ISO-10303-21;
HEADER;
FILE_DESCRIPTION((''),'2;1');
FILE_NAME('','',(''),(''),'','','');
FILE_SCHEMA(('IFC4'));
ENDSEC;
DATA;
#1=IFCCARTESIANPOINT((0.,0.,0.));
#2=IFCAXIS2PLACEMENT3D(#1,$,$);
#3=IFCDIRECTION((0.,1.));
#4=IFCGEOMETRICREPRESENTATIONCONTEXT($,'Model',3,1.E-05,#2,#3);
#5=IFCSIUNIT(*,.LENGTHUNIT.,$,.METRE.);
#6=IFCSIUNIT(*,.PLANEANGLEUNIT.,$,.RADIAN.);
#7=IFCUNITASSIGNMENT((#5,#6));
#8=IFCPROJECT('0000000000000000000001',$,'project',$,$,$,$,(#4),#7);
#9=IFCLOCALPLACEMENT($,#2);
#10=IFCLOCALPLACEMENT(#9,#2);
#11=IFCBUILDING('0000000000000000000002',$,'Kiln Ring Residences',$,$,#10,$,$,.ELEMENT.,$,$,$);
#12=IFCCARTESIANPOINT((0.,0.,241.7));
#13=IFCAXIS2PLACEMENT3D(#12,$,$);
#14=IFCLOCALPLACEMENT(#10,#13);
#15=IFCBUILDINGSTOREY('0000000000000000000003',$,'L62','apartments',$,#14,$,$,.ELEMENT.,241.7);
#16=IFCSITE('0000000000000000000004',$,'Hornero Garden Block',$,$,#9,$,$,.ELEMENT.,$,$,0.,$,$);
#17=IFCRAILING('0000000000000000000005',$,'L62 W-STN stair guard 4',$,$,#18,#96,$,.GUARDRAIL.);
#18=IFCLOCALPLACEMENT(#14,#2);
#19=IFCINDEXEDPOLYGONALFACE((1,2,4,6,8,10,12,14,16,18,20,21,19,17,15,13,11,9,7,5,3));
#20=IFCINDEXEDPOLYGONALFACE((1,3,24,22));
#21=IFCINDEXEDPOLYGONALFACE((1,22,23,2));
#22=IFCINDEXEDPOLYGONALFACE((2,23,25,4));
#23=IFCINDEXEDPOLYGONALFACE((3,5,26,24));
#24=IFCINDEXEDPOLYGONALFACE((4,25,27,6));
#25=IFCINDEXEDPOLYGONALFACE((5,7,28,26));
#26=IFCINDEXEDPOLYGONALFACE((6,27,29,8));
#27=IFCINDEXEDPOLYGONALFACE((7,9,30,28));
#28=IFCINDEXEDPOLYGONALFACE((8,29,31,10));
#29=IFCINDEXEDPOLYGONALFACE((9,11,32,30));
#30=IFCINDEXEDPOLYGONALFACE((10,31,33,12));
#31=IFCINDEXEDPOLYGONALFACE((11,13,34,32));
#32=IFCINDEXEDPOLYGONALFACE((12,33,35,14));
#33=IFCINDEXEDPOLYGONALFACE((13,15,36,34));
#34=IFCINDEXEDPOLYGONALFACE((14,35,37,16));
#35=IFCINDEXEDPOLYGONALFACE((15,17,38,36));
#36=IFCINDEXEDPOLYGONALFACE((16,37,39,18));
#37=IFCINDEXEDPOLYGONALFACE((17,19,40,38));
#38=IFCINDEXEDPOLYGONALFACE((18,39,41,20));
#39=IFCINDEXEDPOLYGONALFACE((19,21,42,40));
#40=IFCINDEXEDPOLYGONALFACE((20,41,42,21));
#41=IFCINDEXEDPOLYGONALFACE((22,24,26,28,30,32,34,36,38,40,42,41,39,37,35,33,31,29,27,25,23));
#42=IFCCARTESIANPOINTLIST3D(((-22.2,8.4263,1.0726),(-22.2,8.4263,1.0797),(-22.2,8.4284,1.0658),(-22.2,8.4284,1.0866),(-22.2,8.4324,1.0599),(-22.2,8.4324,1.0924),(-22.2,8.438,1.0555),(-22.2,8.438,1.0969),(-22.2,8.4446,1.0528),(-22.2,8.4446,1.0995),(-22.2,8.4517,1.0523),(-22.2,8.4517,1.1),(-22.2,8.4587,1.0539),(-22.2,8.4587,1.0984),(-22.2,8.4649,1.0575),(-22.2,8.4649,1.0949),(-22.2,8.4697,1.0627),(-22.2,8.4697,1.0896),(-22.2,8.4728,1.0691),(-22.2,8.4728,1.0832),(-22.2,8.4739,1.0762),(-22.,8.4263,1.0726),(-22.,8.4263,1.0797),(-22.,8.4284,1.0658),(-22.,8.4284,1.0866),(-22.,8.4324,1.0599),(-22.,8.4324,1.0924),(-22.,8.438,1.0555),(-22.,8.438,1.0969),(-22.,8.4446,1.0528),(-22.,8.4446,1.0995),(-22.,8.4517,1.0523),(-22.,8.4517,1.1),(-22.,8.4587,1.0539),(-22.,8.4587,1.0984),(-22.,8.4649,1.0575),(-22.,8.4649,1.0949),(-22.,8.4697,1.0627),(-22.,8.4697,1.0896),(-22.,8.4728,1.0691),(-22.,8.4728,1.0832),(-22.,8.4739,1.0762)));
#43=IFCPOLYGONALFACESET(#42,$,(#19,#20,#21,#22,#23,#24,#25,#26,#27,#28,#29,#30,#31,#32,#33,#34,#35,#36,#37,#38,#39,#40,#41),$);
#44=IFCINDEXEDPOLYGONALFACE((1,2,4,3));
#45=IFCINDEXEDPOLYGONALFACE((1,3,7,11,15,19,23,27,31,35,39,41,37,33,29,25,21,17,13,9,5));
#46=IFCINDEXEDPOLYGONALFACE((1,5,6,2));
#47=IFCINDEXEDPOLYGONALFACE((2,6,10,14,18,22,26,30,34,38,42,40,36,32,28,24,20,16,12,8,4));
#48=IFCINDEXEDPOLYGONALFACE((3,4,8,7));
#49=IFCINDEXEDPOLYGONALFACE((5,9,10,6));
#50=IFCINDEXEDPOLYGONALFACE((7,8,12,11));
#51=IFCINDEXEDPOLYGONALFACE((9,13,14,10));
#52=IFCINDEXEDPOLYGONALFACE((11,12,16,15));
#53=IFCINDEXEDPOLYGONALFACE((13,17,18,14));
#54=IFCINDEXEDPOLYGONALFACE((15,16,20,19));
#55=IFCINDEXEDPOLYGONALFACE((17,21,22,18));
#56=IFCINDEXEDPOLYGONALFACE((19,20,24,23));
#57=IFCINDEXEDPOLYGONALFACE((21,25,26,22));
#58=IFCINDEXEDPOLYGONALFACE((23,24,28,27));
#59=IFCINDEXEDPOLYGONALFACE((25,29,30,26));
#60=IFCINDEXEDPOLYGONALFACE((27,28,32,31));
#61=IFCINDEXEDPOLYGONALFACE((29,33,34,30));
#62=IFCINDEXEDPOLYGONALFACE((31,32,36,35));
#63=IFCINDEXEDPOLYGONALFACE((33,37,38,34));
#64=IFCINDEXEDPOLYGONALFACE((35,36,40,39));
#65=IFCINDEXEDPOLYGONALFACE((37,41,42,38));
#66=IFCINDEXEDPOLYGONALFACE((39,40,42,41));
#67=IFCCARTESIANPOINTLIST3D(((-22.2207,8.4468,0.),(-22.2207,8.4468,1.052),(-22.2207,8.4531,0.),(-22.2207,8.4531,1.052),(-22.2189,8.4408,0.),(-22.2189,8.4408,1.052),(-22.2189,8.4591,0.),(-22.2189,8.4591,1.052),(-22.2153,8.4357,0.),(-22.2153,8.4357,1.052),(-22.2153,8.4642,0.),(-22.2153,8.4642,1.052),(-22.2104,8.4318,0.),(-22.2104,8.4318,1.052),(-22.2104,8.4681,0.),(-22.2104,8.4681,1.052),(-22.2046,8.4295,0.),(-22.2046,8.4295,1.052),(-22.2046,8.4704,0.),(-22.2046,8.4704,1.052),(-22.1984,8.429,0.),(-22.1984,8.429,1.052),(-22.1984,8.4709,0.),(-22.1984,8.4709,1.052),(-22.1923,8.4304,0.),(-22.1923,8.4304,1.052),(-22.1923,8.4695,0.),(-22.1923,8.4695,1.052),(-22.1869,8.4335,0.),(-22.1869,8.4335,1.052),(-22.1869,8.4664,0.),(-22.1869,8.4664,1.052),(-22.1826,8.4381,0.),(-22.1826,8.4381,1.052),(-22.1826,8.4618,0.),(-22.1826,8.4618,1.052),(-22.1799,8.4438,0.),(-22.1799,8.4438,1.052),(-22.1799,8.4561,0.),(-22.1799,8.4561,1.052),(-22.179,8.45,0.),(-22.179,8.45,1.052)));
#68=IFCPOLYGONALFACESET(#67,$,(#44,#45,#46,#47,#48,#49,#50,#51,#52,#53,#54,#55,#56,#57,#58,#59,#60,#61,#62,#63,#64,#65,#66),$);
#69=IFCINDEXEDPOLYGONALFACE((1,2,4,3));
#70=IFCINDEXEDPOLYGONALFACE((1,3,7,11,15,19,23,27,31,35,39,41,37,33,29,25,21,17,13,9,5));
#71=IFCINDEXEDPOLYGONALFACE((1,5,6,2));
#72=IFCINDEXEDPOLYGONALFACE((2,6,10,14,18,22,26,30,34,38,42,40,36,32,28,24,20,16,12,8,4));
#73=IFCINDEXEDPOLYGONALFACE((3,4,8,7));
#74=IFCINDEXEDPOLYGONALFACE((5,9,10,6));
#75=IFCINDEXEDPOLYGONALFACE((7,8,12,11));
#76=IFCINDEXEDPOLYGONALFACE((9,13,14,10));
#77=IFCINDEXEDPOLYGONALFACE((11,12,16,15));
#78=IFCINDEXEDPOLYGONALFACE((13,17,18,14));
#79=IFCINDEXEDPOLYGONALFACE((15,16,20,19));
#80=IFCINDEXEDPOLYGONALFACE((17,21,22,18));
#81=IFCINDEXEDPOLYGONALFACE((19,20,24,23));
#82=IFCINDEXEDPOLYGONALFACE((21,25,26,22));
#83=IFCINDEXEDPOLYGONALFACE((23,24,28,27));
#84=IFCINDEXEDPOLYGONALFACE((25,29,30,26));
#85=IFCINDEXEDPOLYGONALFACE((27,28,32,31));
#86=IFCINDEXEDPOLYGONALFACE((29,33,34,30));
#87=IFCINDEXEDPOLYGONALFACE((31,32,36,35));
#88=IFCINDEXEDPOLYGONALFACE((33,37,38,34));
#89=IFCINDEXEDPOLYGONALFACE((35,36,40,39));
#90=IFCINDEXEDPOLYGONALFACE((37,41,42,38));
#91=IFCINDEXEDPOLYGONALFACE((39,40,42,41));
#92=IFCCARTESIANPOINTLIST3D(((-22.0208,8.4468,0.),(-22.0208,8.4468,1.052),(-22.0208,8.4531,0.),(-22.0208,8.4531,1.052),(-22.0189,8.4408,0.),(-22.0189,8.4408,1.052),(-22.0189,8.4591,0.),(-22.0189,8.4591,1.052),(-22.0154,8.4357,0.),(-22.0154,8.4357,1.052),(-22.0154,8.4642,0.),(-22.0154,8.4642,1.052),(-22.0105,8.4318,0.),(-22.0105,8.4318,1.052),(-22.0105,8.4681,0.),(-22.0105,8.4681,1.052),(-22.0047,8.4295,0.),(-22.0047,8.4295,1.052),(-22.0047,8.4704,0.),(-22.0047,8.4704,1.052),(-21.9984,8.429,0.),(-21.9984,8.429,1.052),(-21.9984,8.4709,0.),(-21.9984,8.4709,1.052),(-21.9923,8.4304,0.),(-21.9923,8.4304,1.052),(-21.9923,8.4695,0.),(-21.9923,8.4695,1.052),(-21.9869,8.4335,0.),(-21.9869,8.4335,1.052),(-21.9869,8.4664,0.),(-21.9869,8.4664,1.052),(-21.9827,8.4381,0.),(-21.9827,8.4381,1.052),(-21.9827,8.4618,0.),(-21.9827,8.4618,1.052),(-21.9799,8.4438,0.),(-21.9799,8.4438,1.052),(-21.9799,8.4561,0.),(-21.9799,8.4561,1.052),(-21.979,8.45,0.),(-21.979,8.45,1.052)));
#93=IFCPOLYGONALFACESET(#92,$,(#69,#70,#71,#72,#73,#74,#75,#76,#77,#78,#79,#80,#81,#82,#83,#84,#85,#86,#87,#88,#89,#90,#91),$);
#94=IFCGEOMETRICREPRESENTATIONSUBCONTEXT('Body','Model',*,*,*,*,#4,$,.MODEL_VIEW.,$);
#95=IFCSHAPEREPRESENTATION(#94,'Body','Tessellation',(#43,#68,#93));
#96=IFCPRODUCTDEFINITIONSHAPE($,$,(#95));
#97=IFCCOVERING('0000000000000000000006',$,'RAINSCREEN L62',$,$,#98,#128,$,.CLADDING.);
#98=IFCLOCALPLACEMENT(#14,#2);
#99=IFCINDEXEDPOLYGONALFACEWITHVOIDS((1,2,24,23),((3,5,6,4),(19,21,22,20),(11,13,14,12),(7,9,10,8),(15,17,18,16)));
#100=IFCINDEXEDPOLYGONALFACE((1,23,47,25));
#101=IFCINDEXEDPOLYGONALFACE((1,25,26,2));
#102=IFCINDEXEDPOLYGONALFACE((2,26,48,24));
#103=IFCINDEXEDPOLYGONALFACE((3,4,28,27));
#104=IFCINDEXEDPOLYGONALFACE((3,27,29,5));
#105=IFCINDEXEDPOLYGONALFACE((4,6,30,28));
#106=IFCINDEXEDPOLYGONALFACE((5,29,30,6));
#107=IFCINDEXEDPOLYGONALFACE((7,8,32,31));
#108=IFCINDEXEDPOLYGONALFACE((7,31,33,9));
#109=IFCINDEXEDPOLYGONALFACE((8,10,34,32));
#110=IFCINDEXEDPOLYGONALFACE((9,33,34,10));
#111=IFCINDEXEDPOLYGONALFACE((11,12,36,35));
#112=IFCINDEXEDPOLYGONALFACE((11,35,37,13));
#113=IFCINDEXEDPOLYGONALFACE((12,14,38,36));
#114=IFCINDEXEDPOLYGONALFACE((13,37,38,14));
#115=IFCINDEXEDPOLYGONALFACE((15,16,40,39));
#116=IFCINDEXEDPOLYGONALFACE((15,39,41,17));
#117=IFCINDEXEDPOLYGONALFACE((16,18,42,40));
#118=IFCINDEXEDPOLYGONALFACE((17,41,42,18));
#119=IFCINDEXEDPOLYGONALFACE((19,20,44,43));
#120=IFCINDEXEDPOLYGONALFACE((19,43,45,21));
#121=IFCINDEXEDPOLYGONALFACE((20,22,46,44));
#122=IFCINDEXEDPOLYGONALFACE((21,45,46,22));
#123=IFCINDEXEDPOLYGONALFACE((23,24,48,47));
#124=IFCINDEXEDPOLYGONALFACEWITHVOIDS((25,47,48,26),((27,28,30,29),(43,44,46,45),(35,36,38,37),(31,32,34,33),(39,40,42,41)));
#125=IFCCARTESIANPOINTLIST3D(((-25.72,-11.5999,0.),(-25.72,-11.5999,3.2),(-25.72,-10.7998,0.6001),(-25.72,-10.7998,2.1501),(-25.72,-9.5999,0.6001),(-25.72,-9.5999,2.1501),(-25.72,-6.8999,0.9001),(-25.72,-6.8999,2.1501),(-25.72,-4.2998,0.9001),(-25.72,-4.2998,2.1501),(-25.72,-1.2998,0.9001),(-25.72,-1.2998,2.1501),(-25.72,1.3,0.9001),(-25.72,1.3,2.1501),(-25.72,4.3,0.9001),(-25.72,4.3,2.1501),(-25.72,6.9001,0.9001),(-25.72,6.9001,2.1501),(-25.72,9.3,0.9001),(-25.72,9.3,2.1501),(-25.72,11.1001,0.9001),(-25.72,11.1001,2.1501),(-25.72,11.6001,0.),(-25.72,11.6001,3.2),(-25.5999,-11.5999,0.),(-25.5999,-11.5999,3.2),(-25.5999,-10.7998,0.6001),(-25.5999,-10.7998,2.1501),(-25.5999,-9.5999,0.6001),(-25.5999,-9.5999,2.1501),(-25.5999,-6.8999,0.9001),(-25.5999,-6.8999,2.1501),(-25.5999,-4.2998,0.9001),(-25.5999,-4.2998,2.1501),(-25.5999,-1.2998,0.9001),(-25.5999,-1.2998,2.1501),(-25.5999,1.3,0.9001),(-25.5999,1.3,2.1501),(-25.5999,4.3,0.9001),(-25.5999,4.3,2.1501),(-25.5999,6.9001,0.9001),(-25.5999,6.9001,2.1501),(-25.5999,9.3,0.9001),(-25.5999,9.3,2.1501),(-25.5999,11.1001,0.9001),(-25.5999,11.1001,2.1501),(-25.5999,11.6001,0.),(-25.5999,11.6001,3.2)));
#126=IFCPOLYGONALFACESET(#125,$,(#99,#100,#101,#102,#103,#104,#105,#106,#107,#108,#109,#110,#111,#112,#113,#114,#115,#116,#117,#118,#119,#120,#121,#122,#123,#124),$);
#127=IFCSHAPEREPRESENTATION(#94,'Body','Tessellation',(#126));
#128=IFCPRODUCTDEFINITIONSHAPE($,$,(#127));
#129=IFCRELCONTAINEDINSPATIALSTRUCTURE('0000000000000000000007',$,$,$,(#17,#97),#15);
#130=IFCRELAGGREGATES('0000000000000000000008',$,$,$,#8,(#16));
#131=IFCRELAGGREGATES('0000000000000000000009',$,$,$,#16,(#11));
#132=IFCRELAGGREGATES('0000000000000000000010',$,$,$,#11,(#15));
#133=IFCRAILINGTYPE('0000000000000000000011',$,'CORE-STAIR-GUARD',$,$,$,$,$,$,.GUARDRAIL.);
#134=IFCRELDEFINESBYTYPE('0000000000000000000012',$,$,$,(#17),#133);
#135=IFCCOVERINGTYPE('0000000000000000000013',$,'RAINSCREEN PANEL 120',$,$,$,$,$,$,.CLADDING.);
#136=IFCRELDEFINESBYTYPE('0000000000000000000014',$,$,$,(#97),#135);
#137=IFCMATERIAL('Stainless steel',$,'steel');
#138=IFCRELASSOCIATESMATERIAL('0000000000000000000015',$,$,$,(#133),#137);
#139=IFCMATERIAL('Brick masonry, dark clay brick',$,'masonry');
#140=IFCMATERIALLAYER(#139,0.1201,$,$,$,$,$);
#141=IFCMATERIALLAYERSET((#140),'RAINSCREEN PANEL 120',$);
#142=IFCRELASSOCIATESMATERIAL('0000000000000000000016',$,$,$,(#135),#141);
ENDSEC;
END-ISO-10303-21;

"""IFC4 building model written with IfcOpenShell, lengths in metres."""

from ifc_helpers import new_model, si_unit, direction, frame, origin, origin_2d, place, context, subcontext, project, spatial, polyline, circle, outline, extrude, material, layer, layer_set, type_object, element, save


model = new_model("IFC4")

# Units and contexts
model_context = context("Model", 3, precision=1e-05, world=origin(), true_north=direction((0.0, 1.0)))
body_context = subcontext(model_context, "Body", "Model", "MODEL_VIEW")
ifc_project = project(units=[si_unit("LENGTHUNIT", "METRE"), si_unit("PLANEANGLEUNIT", "RADIAN")], contexts=[model_context])

# Site, building, storey
site_placement = place(None, origin())
site = spatial("IfcSite", under=ifc_project, at=site_placement, Name="Hornero Garden Block", CompositionType="ELEMENT", RefElevation=0.0)
building_placement = place(site_placement, origin())
building = spatial("IfcBuilding", under=site, at=building_placement, Name="Kiln Ring Residences", CompositionType="ELEMENT")
storey_placement = place(building_placement, frame((0.0, 0.0, 241.7)))
storey = spatial("IfcBuildingStorey", under=building, at=storey_placement, Name="L62", Description="apartments", CompositionType="ELEMENT", Elevation=241.7)

# Railing
ifc_material_1 = material(Name="Stainless steel", Category="steel")
railing_type = type_object("IfcRailingType", Name="CORE-STAIR-GUARD", PredefinedType="GUARDRAIL", material=ifc_material_1)
railing_1_placement = place(storey_placement, frame((-22.2, 8.45, 0.0)))
element("IfcRailing", 1, at=railing_1_placement, inside=storey, type_object=railing_type, Name="L62 W-STN stair guard 4", PredefinedType="GUARDRAIL", context=body_context, shape_type="SweptSolid", body=[
    extrude(circle(Radius=0.0239, at=origin_2d()), frame((0.0, 0.0, 1.0762), z_axis=(1.0, 0.0, 0.0), x_axis=(0.0, 1.0, 0.0)), (0.0, 0.0, 1.0), 0.2),
    extrude(circle(Radius=0.021, at=origin_2d()), origin(), (0.0, 0.0, 1.0), 1.052),
    extrude(circle(Radius=0.021, at=origin_2d()), frame((0.2, 0.0, 0.0)), (0.0, 0.0, 1.0), 1.052),
])

# Covering
ifc_material_2 = material(Name="Brick masonry, dark clay brick", Category="masonry")
ifc_layer_1 = layer(ifc_material_2, 0.1201)
ifc_layer_set_1 = layer_set([ifc_layer_1], Name="RAINSCREEN PANEL 120")
covering_type = type_object("IfcCoveringType", Name="RAINSCREEN PANEL 120", PredefinedType="CLADDING", material=ifc_layer_set_1)
covering_placement = place(storey_placement, frame((-25.6599, 11.6001, 0.0), z_axis=(0.0, 0.0, 1.0), x_axis=(0.0, -1.0, 0.0)))
element("IfcCovering", 2, at=covering_placement, inside=storey, type_object=covering_type, Name="RAINSCREEN L62", PredefinedType="CLADDING", context=body_context, shape_type="SweptSolid", body=[
    extrude(outline(polyline([(0.0, 0.0), (23.2, 0.0), (23.2, 3.2), (0.0, 3.2), (0.0, 0.0)]), holes=[polyline([(22.3999, 0.6001), (22.3999, 2.1501), (21.2, 2.1501), (21.2, 0.6001), (22.3999, 0.6001)]), polyline([(2.3, 0.9001), (2.3, 2.1501), (0.5, 2.1501), (0.5, 0.9001), (2.3, 0.9001)]), polyline([(7.3, 0.9001), (7.3, 2.1501), (4.7, 2.1501), (4.7, 0.9001), (7.3, 0.9001)]), polyline([(10.3, 0.9001), (12.8999, 0.9001), (12.8999, 2.1501), (10.3, 2.1501), (10.3, 0.9001)]), polyline([(15.8999, 0.9001), (18.5, 0.9001), (18.5, 2.1501), (15.8999, 2.1501), (15.8999, 0.9001)])]), frame((0.0, 0.0601, 0.0), z_axis=(0.0, -1.0, 0.0), x_axis=(1.0, 0.0, 0.0)), (0.0, 0.0, 1.0), 0.1201),
])

save(model, "model.ifc")
